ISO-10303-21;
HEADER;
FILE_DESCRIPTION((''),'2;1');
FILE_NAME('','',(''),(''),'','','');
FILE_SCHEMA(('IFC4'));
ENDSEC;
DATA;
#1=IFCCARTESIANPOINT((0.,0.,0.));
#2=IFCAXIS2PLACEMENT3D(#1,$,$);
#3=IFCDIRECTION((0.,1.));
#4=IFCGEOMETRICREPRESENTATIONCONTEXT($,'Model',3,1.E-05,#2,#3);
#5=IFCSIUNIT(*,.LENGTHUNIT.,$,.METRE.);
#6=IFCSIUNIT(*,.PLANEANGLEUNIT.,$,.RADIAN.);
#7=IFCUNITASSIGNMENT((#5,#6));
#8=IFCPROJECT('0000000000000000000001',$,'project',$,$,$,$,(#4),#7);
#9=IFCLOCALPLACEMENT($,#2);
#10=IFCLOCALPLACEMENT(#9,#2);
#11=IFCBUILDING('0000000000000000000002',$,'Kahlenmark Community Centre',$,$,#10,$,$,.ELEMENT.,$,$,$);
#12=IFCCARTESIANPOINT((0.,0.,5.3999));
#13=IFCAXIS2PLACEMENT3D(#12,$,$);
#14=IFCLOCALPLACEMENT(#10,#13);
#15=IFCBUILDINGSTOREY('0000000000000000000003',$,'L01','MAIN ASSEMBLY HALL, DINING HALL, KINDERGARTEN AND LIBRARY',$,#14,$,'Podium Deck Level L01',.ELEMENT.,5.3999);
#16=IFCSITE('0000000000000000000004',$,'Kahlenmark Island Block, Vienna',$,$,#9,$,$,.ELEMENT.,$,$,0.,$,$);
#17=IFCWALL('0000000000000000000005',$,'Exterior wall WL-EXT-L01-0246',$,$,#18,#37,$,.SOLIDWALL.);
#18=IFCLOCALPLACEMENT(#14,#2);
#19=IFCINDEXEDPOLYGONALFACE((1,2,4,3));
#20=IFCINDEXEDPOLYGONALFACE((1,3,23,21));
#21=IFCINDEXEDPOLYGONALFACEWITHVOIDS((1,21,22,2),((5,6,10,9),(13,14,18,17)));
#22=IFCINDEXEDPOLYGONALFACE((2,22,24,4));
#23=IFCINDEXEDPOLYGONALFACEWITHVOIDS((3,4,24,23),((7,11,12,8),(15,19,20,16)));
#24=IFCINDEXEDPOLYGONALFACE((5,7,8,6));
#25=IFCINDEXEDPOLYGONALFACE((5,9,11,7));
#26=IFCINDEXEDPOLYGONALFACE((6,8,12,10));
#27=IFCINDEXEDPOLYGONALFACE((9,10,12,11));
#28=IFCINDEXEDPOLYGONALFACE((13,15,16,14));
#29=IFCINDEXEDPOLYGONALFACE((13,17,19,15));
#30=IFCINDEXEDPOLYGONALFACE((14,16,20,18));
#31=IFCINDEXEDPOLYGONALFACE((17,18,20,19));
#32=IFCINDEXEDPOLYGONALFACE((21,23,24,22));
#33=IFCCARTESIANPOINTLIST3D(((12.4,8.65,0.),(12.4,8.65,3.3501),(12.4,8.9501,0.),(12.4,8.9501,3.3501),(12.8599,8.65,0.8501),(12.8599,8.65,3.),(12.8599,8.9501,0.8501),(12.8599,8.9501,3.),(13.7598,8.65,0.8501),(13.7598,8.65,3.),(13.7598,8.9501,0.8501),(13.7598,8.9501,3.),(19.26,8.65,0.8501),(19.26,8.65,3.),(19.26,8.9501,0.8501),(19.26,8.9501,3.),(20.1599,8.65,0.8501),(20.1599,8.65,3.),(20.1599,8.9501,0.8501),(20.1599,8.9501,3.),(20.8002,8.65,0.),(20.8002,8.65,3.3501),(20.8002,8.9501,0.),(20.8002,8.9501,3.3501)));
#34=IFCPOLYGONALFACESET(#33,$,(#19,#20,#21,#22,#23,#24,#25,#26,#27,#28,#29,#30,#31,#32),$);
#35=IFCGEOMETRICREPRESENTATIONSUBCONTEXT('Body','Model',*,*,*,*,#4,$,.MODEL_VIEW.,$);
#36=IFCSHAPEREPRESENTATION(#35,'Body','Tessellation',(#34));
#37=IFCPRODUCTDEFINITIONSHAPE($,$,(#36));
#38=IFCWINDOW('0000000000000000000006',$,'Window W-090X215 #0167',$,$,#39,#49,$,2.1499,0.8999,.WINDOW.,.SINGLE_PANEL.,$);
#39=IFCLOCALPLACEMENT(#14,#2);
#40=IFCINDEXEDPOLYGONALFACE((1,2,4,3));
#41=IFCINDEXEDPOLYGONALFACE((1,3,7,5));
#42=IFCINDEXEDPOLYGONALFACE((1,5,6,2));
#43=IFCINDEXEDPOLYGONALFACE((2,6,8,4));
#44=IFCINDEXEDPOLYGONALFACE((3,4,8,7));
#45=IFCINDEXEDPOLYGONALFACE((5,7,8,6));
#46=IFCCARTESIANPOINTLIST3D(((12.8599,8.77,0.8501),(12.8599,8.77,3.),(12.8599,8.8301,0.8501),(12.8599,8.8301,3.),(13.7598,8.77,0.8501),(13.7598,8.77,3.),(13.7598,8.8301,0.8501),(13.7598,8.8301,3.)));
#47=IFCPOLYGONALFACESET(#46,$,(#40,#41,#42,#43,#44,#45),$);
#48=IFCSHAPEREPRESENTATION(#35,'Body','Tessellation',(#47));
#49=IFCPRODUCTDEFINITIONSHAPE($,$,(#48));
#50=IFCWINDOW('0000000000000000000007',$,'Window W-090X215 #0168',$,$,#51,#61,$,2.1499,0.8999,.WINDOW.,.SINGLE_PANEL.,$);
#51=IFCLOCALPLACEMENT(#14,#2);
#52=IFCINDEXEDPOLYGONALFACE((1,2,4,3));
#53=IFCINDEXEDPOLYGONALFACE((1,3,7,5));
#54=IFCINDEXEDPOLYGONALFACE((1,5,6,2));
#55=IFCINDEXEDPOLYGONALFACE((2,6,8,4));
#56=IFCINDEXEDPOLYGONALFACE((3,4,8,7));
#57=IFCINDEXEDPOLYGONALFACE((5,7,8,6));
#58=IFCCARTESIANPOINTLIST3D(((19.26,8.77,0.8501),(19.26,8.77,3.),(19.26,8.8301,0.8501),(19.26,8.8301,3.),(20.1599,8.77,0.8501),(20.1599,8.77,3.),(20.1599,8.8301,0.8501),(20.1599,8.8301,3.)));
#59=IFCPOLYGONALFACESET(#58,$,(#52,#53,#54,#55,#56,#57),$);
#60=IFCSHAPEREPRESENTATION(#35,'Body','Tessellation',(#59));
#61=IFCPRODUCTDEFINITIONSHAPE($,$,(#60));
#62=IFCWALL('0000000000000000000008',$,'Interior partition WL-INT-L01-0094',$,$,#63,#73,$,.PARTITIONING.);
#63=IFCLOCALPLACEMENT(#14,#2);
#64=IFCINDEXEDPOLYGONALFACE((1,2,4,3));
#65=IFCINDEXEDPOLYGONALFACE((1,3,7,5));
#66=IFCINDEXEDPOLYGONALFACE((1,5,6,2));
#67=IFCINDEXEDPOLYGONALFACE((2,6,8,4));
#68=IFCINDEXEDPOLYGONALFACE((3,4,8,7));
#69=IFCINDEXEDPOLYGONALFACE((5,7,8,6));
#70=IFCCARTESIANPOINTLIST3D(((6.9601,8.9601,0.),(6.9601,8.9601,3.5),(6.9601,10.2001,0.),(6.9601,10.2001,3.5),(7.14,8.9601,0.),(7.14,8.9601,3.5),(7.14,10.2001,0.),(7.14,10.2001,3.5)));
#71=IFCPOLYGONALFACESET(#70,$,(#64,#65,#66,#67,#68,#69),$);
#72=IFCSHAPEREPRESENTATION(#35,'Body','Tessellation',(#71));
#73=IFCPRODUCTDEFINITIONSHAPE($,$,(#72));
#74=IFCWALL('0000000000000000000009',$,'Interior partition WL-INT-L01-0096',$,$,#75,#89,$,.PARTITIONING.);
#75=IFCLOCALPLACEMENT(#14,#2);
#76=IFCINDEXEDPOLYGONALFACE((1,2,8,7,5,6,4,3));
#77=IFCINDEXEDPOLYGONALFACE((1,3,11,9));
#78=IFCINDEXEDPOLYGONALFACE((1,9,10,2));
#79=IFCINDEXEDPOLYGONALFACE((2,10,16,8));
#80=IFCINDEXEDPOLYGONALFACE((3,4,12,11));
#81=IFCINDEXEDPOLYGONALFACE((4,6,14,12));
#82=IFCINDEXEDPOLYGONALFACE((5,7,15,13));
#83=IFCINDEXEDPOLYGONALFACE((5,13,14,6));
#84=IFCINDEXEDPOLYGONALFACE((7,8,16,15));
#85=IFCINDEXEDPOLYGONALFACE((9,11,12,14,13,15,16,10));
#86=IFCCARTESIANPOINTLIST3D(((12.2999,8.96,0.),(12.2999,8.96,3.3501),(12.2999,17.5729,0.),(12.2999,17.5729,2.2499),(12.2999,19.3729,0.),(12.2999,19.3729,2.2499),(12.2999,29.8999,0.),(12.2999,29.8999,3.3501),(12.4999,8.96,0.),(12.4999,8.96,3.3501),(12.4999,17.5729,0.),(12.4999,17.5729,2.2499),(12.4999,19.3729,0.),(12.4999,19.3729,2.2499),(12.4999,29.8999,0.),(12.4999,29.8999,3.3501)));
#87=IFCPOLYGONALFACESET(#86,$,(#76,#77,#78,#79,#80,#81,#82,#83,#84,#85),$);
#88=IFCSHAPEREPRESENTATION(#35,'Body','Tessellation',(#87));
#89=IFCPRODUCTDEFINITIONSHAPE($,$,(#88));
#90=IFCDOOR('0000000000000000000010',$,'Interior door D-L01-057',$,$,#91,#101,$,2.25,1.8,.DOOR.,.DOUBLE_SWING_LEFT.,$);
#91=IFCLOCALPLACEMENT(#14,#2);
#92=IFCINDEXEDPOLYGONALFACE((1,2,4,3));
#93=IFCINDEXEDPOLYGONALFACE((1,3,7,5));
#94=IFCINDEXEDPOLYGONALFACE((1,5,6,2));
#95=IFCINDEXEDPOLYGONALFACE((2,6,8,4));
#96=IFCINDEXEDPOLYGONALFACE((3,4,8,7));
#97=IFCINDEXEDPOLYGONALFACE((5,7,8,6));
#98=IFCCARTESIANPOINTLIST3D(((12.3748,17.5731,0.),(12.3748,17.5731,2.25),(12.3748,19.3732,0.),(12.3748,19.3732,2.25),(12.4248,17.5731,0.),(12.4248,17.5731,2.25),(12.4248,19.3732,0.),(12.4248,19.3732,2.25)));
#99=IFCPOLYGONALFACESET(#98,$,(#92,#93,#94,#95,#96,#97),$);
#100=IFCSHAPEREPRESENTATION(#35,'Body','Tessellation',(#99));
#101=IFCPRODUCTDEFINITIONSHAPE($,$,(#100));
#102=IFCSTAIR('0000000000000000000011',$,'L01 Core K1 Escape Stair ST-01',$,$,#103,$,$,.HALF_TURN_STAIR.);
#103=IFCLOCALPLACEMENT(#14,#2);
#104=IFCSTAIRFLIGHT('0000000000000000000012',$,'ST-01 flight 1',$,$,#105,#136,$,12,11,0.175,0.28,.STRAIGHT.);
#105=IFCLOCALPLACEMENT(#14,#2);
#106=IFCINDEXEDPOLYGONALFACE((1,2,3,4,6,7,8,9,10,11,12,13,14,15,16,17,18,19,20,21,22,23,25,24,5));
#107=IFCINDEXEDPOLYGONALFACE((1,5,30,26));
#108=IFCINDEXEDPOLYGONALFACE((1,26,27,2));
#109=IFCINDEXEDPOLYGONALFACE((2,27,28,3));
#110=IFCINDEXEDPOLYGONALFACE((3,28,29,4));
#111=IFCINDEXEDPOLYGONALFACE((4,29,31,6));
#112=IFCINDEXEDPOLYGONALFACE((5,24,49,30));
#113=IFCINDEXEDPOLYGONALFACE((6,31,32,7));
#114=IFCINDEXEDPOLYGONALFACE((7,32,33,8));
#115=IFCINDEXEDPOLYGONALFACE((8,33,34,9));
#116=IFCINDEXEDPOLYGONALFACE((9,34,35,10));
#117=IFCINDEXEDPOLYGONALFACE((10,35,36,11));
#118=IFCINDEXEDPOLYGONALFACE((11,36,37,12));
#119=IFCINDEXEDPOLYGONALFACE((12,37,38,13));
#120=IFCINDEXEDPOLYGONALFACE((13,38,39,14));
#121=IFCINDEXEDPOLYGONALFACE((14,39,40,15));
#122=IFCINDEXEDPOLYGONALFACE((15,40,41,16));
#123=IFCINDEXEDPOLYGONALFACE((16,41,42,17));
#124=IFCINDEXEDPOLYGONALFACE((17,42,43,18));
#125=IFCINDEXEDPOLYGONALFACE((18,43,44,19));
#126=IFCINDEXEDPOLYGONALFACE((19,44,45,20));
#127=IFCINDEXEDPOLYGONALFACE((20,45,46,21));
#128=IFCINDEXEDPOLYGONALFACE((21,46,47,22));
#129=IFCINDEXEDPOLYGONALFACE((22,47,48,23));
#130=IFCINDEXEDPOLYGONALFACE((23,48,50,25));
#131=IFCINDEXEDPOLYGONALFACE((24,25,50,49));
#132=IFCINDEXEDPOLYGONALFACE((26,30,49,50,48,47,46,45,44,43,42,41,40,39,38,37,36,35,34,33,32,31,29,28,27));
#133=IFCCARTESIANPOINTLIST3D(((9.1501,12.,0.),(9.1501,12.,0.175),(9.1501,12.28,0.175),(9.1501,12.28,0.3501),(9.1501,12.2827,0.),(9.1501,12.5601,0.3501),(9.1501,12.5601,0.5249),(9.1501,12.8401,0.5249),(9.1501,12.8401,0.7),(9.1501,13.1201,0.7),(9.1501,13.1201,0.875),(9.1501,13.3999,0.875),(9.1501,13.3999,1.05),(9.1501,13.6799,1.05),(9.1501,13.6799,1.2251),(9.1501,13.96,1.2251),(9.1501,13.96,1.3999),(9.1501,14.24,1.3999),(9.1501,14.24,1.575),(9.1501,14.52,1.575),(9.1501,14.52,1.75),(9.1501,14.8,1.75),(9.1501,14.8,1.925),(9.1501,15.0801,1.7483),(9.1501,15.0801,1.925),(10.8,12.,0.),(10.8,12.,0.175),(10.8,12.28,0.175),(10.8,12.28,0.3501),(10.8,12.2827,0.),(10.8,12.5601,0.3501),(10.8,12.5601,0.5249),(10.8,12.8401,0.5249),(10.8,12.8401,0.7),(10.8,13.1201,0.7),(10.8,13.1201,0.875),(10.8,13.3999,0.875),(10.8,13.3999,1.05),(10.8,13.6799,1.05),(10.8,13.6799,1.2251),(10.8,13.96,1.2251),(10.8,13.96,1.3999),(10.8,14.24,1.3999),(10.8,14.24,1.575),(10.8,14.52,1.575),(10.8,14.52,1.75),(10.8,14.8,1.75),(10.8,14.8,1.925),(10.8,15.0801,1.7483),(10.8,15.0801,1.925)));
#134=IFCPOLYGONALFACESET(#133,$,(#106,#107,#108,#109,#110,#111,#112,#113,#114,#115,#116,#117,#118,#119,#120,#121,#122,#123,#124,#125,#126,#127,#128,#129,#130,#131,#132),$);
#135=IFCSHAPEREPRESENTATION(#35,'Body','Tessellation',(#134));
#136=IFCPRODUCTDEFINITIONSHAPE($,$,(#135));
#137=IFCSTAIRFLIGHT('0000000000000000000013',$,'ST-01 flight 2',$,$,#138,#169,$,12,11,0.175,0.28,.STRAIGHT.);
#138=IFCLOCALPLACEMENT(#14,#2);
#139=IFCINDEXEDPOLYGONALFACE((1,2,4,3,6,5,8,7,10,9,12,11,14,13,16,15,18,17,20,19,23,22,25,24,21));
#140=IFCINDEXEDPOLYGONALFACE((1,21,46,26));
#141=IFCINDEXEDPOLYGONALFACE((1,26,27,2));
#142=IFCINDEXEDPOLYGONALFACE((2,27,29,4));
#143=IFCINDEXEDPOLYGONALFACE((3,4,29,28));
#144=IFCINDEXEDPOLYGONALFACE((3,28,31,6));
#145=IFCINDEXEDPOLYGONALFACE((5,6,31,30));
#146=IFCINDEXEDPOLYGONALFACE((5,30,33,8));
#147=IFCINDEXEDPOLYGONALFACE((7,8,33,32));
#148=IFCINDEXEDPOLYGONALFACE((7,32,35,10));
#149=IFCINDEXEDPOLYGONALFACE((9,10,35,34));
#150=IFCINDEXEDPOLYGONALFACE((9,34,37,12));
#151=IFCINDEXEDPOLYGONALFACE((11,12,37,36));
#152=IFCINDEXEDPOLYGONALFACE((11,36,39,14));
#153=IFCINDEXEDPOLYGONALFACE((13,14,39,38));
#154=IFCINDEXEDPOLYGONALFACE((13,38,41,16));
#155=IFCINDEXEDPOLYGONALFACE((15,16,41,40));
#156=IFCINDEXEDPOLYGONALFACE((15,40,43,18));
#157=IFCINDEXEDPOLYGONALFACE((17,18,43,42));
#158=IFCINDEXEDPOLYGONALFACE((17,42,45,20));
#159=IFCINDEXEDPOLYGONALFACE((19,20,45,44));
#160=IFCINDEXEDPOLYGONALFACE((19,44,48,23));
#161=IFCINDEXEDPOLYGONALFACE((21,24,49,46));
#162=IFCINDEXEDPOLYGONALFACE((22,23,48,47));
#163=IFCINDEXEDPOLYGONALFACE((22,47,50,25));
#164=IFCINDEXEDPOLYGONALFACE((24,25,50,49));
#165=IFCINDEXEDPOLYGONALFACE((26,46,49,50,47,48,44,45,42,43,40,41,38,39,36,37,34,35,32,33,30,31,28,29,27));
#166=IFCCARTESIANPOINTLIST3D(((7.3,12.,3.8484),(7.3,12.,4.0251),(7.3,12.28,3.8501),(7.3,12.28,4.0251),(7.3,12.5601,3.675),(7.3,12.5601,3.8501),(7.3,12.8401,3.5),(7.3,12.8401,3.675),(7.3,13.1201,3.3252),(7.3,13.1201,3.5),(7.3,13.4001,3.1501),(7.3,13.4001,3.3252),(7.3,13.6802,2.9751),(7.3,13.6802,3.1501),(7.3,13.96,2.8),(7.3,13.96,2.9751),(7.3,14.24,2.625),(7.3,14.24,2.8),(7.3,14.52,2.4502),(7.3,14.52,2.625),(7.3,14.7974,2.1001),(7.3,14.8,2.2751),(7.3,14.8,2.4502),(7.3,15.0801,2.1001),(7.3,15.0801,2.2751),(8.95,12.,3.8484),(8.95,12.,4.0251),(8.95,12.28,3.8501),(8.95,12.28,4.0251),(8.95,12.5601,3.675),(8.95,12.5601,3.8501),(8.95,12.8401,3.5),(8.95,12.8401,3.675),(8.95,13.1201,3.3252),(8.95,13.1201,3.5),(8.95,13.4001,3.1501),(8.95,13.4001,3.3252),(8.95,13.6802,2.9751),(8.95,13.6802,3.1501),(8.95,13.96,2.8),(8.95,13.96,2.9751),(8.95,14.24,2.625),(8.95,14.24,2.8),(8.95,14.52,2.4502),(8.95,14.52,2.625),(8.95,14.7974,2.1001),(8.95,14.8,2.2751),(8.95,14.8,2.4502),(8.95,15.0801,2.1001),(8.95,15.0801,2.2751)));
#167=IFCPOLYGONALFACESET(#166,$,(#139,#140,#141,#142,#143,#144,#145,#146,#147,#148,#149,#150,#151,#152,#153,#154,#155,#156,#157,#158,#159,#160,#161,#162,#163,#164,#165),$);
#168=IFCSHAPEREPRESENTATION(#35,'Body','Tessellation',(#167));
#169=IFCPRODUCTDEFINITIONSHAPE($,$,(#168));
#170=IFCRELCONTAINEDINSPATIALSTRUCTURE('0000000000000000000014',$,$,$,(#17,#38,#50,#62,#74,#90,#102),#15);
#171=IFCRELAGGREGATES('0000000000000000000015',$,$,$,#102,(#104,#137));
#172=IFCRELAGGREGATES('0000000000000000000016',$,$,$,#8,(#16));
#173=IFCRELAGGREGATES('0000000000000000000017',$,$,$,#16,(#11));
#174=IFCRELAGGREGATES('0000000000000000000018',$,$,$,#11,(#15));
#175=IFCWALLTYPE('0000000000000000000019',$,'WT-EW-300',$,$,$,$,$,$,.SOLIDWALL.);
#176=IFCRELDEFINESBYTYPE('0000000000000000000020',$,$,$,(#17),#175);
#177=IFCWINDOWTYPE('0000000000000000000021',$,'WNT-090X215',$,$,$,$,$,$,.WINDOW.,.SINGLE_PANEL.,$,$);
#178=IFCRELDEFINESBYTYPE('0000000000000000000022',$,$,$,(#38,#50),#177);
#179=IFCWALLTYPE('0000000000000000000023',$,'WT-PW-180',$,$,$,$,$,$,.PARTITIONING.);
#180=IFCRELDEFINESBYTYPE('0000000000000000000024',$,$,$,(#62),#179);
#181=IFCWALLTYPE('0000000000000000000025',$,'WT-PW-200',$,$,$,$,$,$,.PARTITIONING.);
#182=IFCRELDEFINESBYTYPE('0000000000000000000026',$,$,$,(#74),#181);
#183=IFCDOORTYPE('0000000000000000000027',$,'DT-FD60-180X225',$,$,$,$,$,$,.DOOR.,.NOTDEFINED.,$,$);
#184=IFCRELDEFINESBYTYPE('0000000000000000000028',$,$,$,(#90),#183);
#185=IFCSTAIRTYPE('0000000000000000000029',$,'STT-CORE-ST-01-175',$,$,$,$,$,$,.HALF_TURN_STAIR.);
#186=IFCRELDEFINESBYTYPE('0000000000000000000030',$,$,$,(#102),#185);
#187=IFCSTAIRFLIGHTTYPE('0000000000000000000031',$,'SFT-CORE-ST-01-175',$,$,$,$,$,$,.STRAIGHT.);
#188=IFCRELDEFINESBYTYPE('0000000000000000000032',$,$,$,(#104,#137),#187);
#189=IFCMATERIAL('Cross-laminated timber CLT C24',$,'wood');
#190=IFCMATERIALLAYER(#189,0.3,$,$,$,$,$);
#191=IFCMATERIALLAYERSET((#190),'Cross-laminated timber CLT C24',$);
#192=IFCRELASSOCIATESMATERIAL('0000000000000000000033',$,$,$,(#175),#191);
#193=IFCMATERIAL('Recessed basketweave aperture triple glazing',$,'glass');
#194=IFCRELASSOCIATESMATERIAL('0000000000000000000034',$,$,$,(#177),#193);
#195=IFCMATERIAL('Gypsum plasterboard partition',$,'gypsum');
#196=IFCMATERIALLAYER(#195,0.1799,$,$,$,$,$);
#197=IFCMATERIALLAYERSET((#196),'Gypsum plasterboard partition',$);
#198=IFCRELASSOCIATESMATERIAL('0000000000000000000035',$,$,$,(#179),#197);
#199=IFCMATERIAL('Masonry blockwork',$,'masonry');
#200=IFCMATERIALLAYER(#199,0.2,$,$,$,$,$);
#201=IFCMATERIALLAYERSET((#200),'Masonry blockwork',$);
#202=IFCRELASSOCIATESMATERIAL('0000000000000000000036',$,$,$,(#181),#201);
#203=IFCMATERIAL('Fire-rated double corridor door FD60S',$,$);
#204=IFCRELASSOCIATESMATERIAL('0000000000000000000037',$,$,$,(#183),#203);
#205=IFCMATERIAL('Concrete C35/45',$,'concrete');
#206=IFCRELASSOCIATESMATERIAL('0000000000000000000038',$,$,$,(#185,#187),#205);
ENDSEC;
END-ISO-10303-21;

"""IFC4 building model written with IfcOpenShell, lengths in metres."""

from ifc_helpers import new_model, si_unit, direction, frame, frame_2d, origin, place, context, subcontext, project, spatial, polyline, rectangle, outline, extrude, material, layer, layer_set, type_object, element, fill, aggregate, save


model = new_model("IFC4")

# Units and contexts
model_context = context("Model", 3, precision=1e-05, world=origin(), true_north=direction((0.0, 1.0)))
body_context = subcontext(model_context, "Body", "Model", "MODEL_VIEW")
ifc_project = project(units=[si_unit("LENGTHUNIT", "METRE"), si_unit("PLANEANGLEUNIT", "RADIAN")], contexts=[model_context])

# Site, building, storey
site_placement = place(None, origin())
site = spatial("IfcSite", under=ifc_project, at=site_placement, Name="Kahlenmark Island Block, Vienna", CompositionType="ELEMENT", RefElevation=0.0)
building_placement = place(site_placement, origin())
building = spatial("IfcBuilding", under=site, at=building_placement, Name="Kahlenmark Community Centre", CompositionType="ELEMENT")
storey_placement = place(building_placement, frame((0.0, 0.0, 5.3999)))
storey = spatial("IfcBuildingStorey", under=building, at=storey_placement, Name="L01", Description="MAIN ASSEMBLY HALL, DINING HALL, KINDERGARTEN AND LIBRARY", LongName="Podium Deck Level L01", CompositionType="ELEMENT", Elevation=5.3999)

# Shared definitions
ifc_material_1 = material(Name="Concrete C35/45", Category="concrete")

# Wall, openings, windows
ifc_material_2 = material(Name="Cross-laminated timber CLT C24", Category="wood")
ifc_layer_1 = layer(ifc_material_2, 0.3)
ifc_layer_set_1 = layer_set([ifc_layer_1], Name="Cross-laminated timber CLT C24")
wall_type_1 = type_object("IfcWallType", Name="WT-EW-300", PredefinedType="SOLIDWALL", material=ifc_layer_set_1)
ifc_material_3 = material(Name="Recessed basketweave aperture triple glazing", Category="glass")
window_type = type_object("IfcWindowType", Name="WNT-090X215", PartitioningType="SINGLE_PANEL", PredefinedType="WINDOW", material=ifc_material_3)
wall_1_placement = place(storey_placement, frame((12.3999, 8.8, 0.0), z_axis=(0.0, 0.0, 1.0), x_axis=(1.0, 0.0, 0.0)))
wall_1 = element("IfcWall", 1, at=wall_1_placement, inside=storey, type_object=wall_type_1, Name="Exterior wall WL-EXT-L01-0246", PredefinedType="SOLIDWALL", context=body_context, shape_type="SweptSolid", body=[
    extrude(rectangle(XDim=8.4001, YDim=0.3, at=frame_2d((4.2002, 0.0))), origin(), (0.0, 0.0, 1.0), 3.3501),
])
opening_1_placement = place(wall_1_placement, frame((0.46, 0.0, 0.8501)))
opening_1 = element("IfcOpeningElement", 2, at=opening_1_placement, cuts=wall_1, PredefinedType="OPENING", context=body_context, shape_type="SweptSolid", body=[
    extrude(rectangle(XDim=0.8999, YDim=2.1499, at=frame_2d((0.45, 1.075))), frame((0.0, 0.1599, 0.0), z_axis=(0.0, -1.0, 0.0), x_axis=(1.0, 0.0, 0.0)), (0.0, 0.0, 1.0), 0.3201),
])
opening_2_placement = place(wall_1_placement, frame((6.8601, 0.0, 0.8501)))
opening_2 = element("IfcOpeningElement", 3, at=opening_2_placement, cuts=wall_1, PredefinedType="OPENING", context=body_context, shape_type="SweptSolid", body=[
    extrude(rectangle(XDim=0.8999, YDim=2.1499, at=frame_2d((0.45, 1.075))), frame((0.0, 0.1599, 0.0), z_axis=(0.0, -1.0, 0.0), x_axis=(1.0, 0.0, 0.0)), (0.0, 0.0, 1.0), 0.3201),
])
window_1_placement = place(opening_1_placement, origin())
window_1 = element("IfcWindow", 4, at=window_1_placement, inside=storey, type_object=window_type, Name="Window W-090X215 #0167", OverallHeight=2.1499, OverallWidth=0.8999, PartitioningType="SINGLE_PANEL", PredefinedType="WINDOW", context=body_context, shape_type="SweptSolid", body=[
    extrude(rectangle(XDim=0.8999, YDim=2.1499, at=frame_2d((0.45, 1.075))), frame((0.0, 0.03, 0.0), z_axis=(0.0, -1.0, 0.0), x_axis=(1.0, 0.0, 0.0)), (0.0, 0.0, 1.0), 0.0601),
])
fill(opening_1, window_1)
window_2_placement = place(opening_2_placement, origin())
window_2 = element("IfcWindow", 5, at=window_2_placement, inside=storey, type_object=window_type, Name="Window W-090X215 #0168", OverallHeight=2.1499, OverallWidth=0.8999, PartitioningType="SINGLE_PANEL", PredefinedType="WINDOW", context=body_context, shape_type="SweptSolid", body=[
    extrude(rectangle(XDim=0.8999, YDim=2.1499, at=frame_2d((0.45, 1.075))), frame((0.0, 0.03, 0.0), z_axis=(0.0, -1.0, 0.0), x_axis=(1.0, 0.0, 0.0)), (0.0, 0.0, 1.0), 0.0601),
])
fill(opening_2, window_2)

# Wall
ifc_material_4 = material(Name="Gypsum plasterboard partition", Category="gypsum")
ifc_layer_2 = layer(ifc_material_4, 0.1799)
ifc_layer_set_2 = layer_set([ifc_layer_2], Name="Gypsum plasterboard partition")
wall_type_2 = type_object("IfcWallType", Name="WT-PW-180", PredefinedType="PARTITIONING", material=ifc_layer_set_2)
wall_2_placement = place(storey_placement, frame((7.05, 8.96, 0.0), z_axis=(0.0, 0.0, 1.0), x_axis=(0.0, 1.0, 0.0)))
element("IfcWall", 6, at=wall_2_placement, inside=storey, type_object=wall_type_2, Name="Interior partition WL-INT-L01-0094", PredefinedType="PARTITIONING", context=body_context, shape_type="SweptSolid", body=[
    extrude(rectangle(XDim=1.24, YDim=0.1799, at=frame_2d((0.6201, 0.0))), origin(), (0.0, 0.0, 1.0), 3.5),
])

# Wall, opening, door
ifc_material_5 = material(Name="Masonry blockwork", Category="masonry")
ifc_layer_3 = layer(ifc_material_5, 0.2)
ifc_layer_set_3 = layer_set([ifc_layer_3], Name="Masonry blockwork")
wall_type_3 = type_object("IfcWallType", Name="WT-PW-200", PredefinedType="PARTITIONING", material=ifc_layer_set_3)
wall_3_placement = place(storey_placement, frame((12.3999, 8.96, 0.0), z_axis=(0.0, 0.0, 1.0), x_axis=(0.0, 1.0, 0.0)))
wall_3 = element("IfcWall", 7, at=wall_3_placement, inside=storey, type_object=wall_type_3, Name="Interior partition WL-INT-L01-0096", PredefinedType="PARTITIONING", context=body_context, shape_type="SweptSolid", body=[
    extrude(rectangle(XDim=20.9399, YDim=0.2, at=frame_2d((10.47, 0.0))), origin(), (0.0, 0.0, 1.0), 3.3501),
])
opening_3_placement = place(wall_3_placement, frame((8.613, 0.0, -0.01)))
opening_3 = element("IfcOpeningElement", 8, at=opening_3_placement, cuts=wall_3, PredefinedType="OPENING", context=body_context, shape_type="SweptSolid", body=[
    extrude(rectangle(XDim=1.8, YDim=2.26, at=frame_2d((0.8999, 1.1299))), frame((0.0, 0.1099, 0.0), z_axis=(0.0, -1.0, 0.0), x_axis=(1.0, 0.0, 0.0)), (0.0, 0.0, 1.0), 0.22),
])
ifc_material_6 = material(Name="Fire-rated double corridor door FD60S")
door_type_1 = type_object("IfcDoorType", Name="DT-FD60-180X225", OperationType="NOTDEFINED", PredefinedType="DOOR", material=ifc_material_6)
door_1_placement = place(opening_3_placement, frame((1.8, 0.0, 0.01), z_axis=(0.0, 0.0, 1.0), x_axis=(-1.0, 0.0, 0.0)))
door_1 = element("IfcDoor", 9, at=door_1_placement, inside=storey, type_object=door_type_1, Name="Interior door D-L01-057", OperationType="DOUBLE_SWING_LEFT", OverallHeight=2.25, OverallWidth=1.8, PredefinedType="DOOR", context=body_context, shape_type="SweptSolid", body=[
    extrude(rectangle(XDim=1.8, YDim=2.25, at=frame_2d((0.8999, 1.125))), frame((0.0, 0.0249, 0.0), z_axis=(0.0, -1.0, 0.0), x_axis=(1.0, 0.0, 0.0)), (0.0, 0.0, 1.0), 0.05),
])
fill(opening_3, door_1)

# Stair, stair flights
stair_type = type_object("IfcStairType", Name="STT-CORE-ST-01-175", PredefinedType="HALF_TURN_STAIR", material=ifc_material_1)
stair_placement = place(storey_placement, origin())
stair = element("IfcStair", 10, at=stair_placement, inside=storey, type_object=stair_type, Name="L01 Core K1 Escape Stair ST-01", PredefinedType="HALF_TURN_STAIR")
stair_flight_type = type_object("IfcStairFlightType", Name="SFT-CORE-ST-01-175", PredefinedType="STRAIGHT", material=ifc_material_1)
stair_flight_1_placement = place(storey_placement, frame((9.9751, 12.0, 0.0), z_axis=(0.0, 0.0, 1.0), x_axis=(0.0, 1.0, 0.0)))
stair_flight_1 = element("IfcStairFlight", 11, at=stair_flight_1_placement, type_object=stair_flight_type, Name="ST-01 flight 1", NumberOfRisers=12, NumberOfTreads=11, PredefinedType="STRAIGHT", RiserHeight=0.175, TreadLength=0.28, context=body_context, shape_type="SweptSolid", body=[
    extrude(outline(polyline([(0.0, 0.0), (0.0, 0.175), (0.28, 0.175), (0.28, 0.3501), (0.5601, 0.3501), (0.5601, 0.5249), (0.8401, 0.5249), (0.8401, 0.7), (1.1201, 0.7), (1.1201, 0.875), (1.3999, 0.875), (1.3999, 1.05), (1.6799, 1.05), (1.6799, 1.2251), (1.96, 1.2251), (1.96, 1.3999), (2.24, 1.3999), (2.24, 1.575), (2.52, 1.575), (2.52, 1.75), (2.8, 1.75), (2.8, 1.925), (3.0801, 1.925), (3.0801, 2.1001), (3.0801, 1.7483), (0.2827, 0.0), (0.0, 0.0)])), frame((0.0, 0.825, 0.0), z_axis=(0.0, -1.0, 0.0), x_axis=(1.0, 0.0, 0.0)), (0.0, 0.0, 1.0), 1.6499),
])
stair_flight_2_placement = place(storey_placement, frame((8.125, 15.0801, 2.1001), z_axis=(0.0, 0.0, 1.0), x_axis=(0.0, -1.0, 0.0)))
stair_flight_2 = element("IfcStairFlight", 12, at=stair_flight_2_placement, type_object=stair_flight_type, Name="ST-01 flight 2", NumberOfRisers=12, NumberOfTreads=11, PredefinedType="STRAIGHT", RiserHeight=0.175, TreadLength=0.28, context=body_context, shape_type="SweptSolid", body=[
    extrude(outline(polyline([(0.0, 0.0), (0.0, 0.175), (0.28, 0.175), (0.28, 0.3501), (0.5601, 0.3501), (0.5601, 0.5249), (0.8401, 0.5249), (0.8401, 0.7), (1.1201, 0.7), (1.1201, 0.875), (1.3999, 0.875), (1.3999, 1.05), (1.6799, 1.05), (1.6799, 1.2251), (1.96, 1.2251), (1.96, 1.3999), (2.24, 1.3999), (2.24, 1.575), (2.52, 1.575), (2.52, 1.75), (2.8, 1.75), (2.8, 1.925), (3.0801, 1.925), (3.0801, 2.1001), (3.0801, 1.7483), (0.2827, 0.0), (0.0, 0.0)])), frame((0.0, 0.825, 0.0), z_axis=(0.0, -1.0, 0.0), x_axis=(1.0, 0.0, 0.0)), (0.0, 0.0, 1.0), 1.6499),
])
aggregate(stair, [stair_flight_1, stair_flight_2])

save(model, "model.ifc")
